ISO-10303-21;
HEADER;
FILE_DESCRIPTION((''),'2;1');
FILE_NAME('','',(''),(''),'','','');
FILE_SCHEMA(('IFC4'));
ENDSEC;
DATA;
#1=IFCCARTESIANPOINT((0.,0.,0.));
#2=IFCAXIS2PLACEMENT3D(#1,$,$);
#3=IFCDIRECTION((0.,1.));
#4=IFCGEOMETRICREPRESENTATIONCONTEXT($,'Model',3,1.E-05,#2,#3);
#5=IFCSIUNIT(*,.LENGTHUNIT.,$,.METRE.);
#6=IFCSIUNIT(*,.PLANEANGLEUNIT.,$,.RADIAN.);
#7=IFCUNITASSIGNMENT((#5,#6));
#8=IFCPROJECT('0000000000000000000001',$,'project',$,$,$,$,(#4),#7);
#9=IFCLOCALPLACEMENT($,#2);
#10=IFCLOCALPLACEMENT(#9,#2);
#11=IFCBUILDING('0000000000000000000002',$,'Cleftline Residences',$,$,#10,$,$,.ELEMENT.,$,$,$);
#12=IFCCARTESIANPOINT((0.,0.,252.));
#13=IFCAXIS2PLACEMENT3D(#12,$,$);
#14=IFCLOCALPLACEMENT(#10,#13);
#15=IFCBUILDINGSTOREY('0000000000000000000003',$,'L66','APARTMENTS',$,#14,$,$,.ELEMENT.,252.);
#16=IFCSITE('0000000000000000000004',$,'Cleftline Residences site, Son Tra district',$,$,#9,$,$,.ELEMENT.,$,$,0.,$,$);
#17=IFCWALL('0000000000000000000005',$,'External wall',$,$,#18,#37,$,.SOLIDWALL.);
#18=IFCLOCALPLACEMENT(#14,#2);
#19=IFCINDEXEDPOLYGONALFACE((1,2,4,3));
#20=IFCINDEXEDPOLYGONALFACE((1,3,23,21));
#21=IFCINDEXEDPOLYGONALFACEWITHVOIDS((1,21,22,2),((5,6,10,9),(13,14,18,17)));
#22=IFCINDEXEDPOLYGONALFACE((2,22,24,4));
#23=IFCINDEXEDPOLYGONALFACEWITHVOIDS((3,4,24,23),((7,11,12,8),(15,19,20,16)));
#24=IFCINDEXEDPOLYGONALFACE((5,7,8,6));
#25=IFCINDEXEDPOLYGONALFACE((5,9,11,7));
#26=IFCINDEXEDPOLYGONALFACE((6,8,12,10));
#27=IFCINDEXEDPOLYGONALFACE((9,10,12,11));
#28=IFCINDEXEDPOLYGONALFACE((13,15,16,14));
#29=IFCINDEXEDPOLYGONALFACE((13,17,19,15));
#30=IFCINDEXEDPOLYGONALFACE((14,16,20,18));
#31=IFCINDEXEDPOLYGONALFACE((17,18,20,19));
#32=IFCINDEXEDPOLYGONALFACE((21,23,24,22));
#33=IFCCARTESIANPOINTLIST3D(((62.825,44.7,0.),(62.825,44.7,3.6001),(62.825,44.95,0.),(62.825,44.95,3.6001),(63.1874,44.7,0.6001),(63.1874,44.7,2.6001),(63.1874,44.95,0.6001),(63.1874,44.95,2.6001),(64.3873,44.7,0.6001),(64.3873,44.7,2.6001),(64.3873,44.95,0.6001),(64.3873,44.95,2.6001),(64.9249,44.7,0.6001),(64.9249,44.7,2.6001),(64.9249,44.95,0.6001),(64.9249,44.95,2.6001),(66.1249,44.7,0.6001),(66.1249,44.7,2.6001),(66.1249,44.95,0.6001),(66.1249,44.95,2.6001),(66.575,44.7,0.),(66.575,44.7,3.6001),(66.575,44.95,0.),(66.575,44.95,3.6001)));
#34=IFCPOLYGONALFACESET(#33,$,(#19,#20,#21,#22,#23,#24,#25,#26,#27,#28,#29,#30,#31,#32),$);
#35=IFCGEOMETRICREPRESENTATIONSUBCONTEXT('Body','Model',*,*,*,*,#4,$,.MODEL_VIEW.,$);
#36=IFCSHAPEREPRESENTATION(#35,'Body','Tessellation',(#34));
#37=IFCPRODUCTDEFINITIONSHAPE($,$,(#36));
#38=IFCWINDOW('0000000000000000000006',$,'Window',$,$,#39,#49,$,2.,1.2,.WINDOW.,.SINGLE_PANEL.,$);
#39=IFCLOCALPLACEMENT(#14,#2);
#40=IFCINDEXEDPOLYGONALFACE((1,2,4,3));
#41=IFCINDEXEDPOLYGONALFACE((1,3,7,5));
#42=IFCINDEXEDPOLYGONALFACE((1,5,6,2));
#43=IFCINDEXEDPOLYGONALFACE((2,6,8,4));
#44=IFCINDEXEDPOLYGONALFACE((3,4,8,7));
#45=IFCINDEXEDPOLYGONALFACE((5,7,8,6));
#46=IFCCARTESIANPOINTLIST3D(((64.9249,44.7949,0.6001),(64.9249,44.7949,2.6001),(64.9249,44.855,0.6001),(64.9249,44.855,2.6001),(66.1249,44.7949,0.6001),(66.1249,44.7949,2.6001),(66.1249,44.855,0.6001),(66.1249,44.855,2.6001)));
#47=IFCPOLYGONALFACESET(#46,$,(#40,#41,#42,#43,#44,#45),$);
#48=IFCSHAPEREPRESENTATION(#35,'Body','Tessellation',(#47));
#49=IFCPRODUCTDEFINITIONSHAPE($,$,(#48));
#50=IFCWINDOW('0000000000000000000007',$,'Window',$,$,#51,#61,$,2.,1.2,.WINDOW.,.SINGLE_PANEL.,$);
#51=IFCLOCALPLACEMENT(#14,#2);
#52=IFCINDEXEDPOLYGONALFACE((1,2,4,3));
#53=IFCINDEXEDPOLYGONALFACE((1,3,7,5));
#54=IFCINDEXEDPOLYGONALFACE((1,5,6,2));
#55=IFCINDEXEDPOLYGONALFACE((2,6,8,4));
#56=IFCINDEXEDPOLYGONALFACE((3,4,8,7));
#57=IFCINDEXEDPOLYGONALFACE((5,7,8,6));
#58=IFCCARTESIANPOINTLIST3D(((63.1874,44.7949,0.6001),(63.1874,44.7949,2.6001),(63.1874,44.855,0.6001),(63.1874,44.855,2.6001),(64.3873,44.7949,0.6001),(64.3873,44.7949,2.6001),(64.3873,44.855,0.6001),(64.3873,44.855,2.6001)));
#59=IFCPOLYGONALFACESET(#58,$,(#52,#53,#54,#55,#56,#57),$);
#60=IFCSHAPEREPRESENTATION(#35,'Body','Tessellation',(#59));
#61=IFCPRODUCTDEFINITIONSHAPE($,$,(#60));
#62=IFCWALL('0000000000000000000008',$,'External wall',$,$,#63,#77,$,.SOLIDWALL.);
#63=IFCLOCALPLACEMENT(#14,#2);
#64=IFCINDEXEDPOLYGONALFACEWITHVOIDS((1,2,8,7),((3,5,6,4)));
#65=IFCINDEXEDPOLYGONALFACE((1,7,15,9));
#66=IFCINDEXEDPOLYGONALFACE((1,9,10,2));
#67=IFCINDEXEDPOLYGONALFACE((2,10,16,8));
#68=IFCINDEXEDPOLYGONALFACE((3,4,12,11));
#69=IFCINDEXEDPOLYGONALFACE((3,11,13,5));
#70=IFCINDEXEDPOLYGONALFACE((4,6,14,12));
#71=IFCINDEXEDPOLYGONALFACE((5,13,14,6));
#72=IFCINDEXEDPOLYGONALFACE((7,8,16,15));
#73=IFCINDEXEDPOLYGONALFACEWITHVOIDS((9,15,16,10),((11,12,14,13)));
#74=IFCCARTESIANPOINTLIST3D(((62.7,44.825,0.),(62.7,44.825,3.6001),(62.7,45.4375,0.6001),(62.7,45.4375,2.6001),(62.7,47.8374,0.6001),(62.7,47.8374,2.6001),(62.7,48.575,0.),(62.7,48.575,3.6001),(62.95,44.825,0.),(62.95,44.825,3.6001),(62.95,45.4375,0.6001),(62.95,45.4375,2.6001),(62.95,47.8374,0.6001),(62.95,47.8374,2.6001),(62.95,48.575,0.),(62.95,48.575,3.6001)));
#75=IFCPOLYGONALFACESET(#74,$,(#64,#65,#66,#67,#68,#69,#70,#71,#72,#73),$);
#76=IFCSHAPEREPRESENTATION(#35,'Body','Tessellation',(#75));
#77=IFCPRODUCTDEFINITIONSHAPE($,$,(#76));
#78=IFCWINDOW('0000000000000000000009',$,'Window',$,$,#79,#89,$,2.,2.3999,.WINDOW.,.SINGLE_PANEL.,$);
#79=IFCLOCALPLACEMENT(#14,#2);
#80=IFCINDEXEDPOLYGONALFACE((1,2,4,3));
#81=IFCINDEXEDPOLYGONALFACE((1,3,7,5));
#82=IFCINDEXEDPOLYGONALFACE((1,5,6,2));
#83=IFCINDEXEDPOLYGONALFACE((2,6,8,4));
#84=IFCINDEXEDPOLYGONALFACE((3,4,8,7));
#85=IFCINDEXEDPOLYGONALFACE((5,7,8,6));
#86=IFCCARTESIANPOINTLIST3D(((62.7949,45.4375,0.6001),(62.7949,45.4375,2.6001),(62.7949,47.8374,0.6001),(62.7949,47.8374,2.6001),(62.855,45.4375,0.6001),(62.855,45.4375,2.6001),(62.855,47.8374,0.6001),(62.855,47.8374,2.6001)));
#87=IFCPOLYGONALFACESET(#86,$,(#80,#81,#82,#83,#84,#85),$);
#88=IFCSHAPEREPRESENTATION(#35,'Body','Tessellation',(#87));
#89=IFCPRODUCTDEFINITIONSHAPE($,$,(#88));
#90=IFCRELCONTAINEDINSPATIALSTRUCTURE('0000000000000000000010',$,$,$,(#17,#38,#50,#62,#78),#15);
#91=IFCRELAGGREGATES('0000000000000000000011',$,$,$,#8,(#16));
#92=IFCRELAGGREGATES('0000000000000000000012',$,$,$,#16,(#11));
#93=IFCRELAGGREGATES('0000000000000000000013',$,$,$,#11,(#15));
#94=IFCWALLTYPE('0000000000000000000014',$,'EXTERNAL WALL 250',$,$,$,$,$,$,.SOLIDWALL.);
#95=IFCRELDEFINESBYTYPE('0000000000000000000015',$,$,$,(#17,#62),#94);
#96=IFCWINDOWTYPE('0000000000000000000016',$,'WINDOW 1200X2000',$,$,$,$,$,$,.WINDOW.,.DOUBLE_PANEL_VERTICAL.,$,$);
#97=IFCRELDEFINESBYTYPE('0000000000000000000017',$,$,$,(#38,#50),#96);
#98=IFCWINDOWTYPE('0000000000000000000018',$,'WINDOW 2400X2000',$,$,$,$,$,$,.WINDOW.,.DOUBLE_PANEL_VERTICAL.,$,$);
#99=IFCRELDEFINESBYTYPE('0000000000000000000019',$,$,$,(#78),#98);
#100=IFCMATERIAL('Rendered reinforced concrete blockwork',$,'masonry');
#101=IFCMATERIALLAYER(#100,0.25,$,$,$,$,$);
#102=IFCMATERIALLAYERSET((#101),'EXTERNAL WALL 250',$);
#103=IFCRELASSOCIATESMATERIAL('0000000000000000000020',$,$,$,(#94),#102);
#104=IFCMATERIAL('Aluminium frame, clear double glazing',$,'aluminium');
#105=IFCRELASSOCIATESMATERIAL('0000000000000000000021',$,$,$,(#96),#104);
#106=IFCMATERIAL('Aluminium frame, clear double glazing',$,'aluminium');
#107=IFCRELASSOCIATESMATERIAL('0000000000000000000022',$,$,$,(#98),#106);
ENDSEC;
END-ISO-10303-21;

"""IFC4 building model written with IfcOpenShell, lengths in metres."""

from ifc_helpers import new_model, si_unit, direction, frame, frame_2d, origin, place, context, subcontext, project, spatial, rectangle, extrude, material, layer, layer_set, type_object, element, fill, save


model = new_model("IFC4")

# Units and contexts
model_context = context("Model", 3, precision=1e-05, world=origin(), true_north=direction((0.0, 1.0)))
body_context = subcontext(model_context, "Body", "Model", "MODEL_VIEW")
ifc_project = project(units=[si_unit("LENGTHUNIT", "METRE"), si_unit("PLANEANGLEUNIT", "RADIAN")], contexts=[model_context])

# Site, building, storey
site_placement = place(None, origin())
site = spatial("IfcSite", under=ifc_project, at=site_placement, Name="Cleftline Residences site, Son Tra district", CompositionType="ELEMENT", RefElevation=0.0)
building_placement = place(site_placement, origin())
building = spatial("IfcBuilding", under=site, at=building_placement, Name="Cleftline Residences", CompositionType="ELEMENT")
storey_placement = place(building_placement, frame((0.0, 0.0, 252.0)))
storey = spatial("IfcBuildingStorey", under=building, at=storey_placement, Name="L66", Description="APARTMENTS", CompositionType="ELEMENT", Elevation=252.0)

# Wall, openings, windows
ifc_material_1 = material(Name="Rendered reinforced concrete blockwork", Category="masonry")
ifc_layer_1 = layer(ifc_material_1, 0.25)
ifc_layer_set_1 = layer_set([ifc_layer_1], Name="EXTERNAL WALL 250")
wall_type_1 = type_object("IfcWallType", Name="EXTERNAL WALL 250", PredefinedType="SOLIDWALL", material=ifc_layer_set_1)
wall_1_placement = place(storey_placement, frame((66.575, 44.825, 0.0), z_axis=(0.0, 0.0, 1.0), x_axis=(-1.0, 0.0, 0.0)))
wall_1 = element("IfcWall", 1, at=wall_1_placement, inside=storey, type_object=wall_type_1, Name="External wall", PredefinedType="SOLIDWALL", context=body_context, shape_type="SweptSolid", body=[
    extrude(rectangle(XDim=3.75, YDim=0.25, at=frame_2d((1.875, 0.0))), origin(), (0.0, 0.0, 1.0), 3.6001),
])
opening_1_placement = place(wall_1_placement, frame((0.45, 0.0, 0.6001)))
opening_1 = element("IfcOpeningElement", 2, at=opening_1_placement, cuts=wall_1, PredefinedType="OPENING", context=body_context, shape_type="SweptSolid", body=[
    extrude(rectangle(XDim=1.2, YDim=2.0, at=frame_2d((0.6001, 1.0))), frame((0.0, 0.135, 0.0), z_axis=(0.0, -1.0, 0.0), x_axis=(1.0, 0.0, 0.0)), (0.0, 0.0, 1.0), 0.27),
])
opening_2_placement = place(wall_1_placement, frame((2.1875, 0.0, 0.6001)))
opening_2 = element("IfcOpeningElement", 3, at=opening_2_placement, cuts=wall_1, PredefinedType="OPENING", context=body_context, shape_type="SweptSolid", body=[
    extrude(rectangle(XDim=1.2, YDim=2.0, at=frame_2d((0.6001, 1.0))), frame((0.0, 0.135, 0.0), z_axis=(0.0, -1.0, 0.0), x_axis=(1.0, 0.0, 0.0)), (0.0, 0.0, 1.0), 0.27),
])
ifc_material_2 = material(Name="Aluminium frame, clear double glazing", Category="aluminium")
window_type_1 = type_object("IfcWindowType", Name="WINDOW 1200X2000", PartitioningType="DOUBLE_PANEL_VERTICAL", PredefinedType="WINDOW", material=ifc_material_2)
window_1_placement = place(opening_1_placement, origin())
window_1 = element("IfcWindow", 4, at=window_1_placement, inside=storey, type_object=window_type_1, Name="Window", OverallHeight=2.0, OverallWidth=1.2, PartitioningType="SINGLE_PANEL", PredefinedType="WINDOW", context=body_context, shape_type="SweptSolid", body=[
    extrude(rectangle(XDim=1.2, YDim=2.0, at=frame_2d((0.6001, 1.0))), frame((0.0, 0.03, 0.0), z_axis=(0.0, -1.0, 0.0), x_axis=(1.0, 0.0, 0.0)), (0.0, 0.0, 1.0), 0.0601),
])
fill(opening_1, window_1)
window_2_placement = place(opening_2_placement, origin())
window_2 = element("IfcWindow", 5, at=window_2_placement, inside=storey, type_object=window_type_1, Name="Window", OverallHeight=2.0, OverallWidth=1.2, PartitioningType="SINGLE_PANEL", PredefinedType="WINDOW", context=body_context, shape_type="SweptSolid", body=[
    extrude(rectangle(XDim=1.2, YDim=2.0, at=frame_2d((0.6001, 1.0))), frame((0.0, 0.03, 0.0), z_axis=(0.0, -1.0, 0.0), x_axis=(1.0, 0.0, 0.0)), (0.0, 0.0, 1.0), 0.0601),
])
fill(opening_2, window_2)

# Wall, opening, window
wall_2_placement = place(storey_placement, frame((62.825, 44.825, 0.0), z_axis=(0.0, 0.0, 1.0), x_axis=(0.0, 1.0, 0.0)))
wall_2 = element("IfcWall", 6, at=wall_2_placement, inside=storey, type_object=wall_type_1, Name="External wall", PredefinedType="SOLIDWALL", context=body_context, shape_type="SweptSolid", body=[
    extrude(rectangle(XDim=3.75, YDim=0.25, at=frame_2d((1.875, 0.0))), origin(), (0.0, 0.0, 1.0), 3.6001),
])
opening_3_placement = place(wall_2_placement, frame((0.6125, 0.0, 0.6001)))
opening_3 = element("IfcOpeningElement", 7, at=opening_3_placement, cuts=wall_2, PredefinedType="OPENING", context=body_context, shape_type="SweptSolid", body=[
    extrude(rectangle(XDim=2.3999, YDim=2.0, at=frame_2d((1.2, 1.0))), frame((0.0, 0.135, 0.0), z_axis=(0.0, -1.0, 0.0), x_axis=(1.0, 0.0, 0.0)), (0.0, 0.0, 1.0), 0.27),
])
ifc_material_3 = material(Name="Aluminium frame, clear double glazing", Category="aluminium")
window_type_2 = type_object("IfcWindowType", Name="WINDOW 2400X2000", PartitioningType="DOUBLE_PANEL_VERTICAL", PredefinedType="WINDOW", material=ifc_material_3)
window_3_placement = place(opening_3_placement, origin())
window_3 = element("IfcWindow", 8, at=window_3_placement, inside=storey, type_object=window_type_2, Name="Window", OverallHeight=2.0, OverallWidth=2.3999, PartitioningType="SINGLE_PANEL", PredefinedType="WINDOW", context=body_context, shape_type="SweptSolid", body=[
    extrude(rectangle(XDim=2.3999, YDim=2.0, at=frame_2d((1.2, 1.0))), frame((0.0, 0.03, 0.0), z_axis=(0.0, -1.0, 0.0), x_axis=(1.0, 0.0, 0.0)), (0.0, 0.0, 1.0), 0.0601),
])
fill(opening_3, window_3)

save(model, "model.ifc")
